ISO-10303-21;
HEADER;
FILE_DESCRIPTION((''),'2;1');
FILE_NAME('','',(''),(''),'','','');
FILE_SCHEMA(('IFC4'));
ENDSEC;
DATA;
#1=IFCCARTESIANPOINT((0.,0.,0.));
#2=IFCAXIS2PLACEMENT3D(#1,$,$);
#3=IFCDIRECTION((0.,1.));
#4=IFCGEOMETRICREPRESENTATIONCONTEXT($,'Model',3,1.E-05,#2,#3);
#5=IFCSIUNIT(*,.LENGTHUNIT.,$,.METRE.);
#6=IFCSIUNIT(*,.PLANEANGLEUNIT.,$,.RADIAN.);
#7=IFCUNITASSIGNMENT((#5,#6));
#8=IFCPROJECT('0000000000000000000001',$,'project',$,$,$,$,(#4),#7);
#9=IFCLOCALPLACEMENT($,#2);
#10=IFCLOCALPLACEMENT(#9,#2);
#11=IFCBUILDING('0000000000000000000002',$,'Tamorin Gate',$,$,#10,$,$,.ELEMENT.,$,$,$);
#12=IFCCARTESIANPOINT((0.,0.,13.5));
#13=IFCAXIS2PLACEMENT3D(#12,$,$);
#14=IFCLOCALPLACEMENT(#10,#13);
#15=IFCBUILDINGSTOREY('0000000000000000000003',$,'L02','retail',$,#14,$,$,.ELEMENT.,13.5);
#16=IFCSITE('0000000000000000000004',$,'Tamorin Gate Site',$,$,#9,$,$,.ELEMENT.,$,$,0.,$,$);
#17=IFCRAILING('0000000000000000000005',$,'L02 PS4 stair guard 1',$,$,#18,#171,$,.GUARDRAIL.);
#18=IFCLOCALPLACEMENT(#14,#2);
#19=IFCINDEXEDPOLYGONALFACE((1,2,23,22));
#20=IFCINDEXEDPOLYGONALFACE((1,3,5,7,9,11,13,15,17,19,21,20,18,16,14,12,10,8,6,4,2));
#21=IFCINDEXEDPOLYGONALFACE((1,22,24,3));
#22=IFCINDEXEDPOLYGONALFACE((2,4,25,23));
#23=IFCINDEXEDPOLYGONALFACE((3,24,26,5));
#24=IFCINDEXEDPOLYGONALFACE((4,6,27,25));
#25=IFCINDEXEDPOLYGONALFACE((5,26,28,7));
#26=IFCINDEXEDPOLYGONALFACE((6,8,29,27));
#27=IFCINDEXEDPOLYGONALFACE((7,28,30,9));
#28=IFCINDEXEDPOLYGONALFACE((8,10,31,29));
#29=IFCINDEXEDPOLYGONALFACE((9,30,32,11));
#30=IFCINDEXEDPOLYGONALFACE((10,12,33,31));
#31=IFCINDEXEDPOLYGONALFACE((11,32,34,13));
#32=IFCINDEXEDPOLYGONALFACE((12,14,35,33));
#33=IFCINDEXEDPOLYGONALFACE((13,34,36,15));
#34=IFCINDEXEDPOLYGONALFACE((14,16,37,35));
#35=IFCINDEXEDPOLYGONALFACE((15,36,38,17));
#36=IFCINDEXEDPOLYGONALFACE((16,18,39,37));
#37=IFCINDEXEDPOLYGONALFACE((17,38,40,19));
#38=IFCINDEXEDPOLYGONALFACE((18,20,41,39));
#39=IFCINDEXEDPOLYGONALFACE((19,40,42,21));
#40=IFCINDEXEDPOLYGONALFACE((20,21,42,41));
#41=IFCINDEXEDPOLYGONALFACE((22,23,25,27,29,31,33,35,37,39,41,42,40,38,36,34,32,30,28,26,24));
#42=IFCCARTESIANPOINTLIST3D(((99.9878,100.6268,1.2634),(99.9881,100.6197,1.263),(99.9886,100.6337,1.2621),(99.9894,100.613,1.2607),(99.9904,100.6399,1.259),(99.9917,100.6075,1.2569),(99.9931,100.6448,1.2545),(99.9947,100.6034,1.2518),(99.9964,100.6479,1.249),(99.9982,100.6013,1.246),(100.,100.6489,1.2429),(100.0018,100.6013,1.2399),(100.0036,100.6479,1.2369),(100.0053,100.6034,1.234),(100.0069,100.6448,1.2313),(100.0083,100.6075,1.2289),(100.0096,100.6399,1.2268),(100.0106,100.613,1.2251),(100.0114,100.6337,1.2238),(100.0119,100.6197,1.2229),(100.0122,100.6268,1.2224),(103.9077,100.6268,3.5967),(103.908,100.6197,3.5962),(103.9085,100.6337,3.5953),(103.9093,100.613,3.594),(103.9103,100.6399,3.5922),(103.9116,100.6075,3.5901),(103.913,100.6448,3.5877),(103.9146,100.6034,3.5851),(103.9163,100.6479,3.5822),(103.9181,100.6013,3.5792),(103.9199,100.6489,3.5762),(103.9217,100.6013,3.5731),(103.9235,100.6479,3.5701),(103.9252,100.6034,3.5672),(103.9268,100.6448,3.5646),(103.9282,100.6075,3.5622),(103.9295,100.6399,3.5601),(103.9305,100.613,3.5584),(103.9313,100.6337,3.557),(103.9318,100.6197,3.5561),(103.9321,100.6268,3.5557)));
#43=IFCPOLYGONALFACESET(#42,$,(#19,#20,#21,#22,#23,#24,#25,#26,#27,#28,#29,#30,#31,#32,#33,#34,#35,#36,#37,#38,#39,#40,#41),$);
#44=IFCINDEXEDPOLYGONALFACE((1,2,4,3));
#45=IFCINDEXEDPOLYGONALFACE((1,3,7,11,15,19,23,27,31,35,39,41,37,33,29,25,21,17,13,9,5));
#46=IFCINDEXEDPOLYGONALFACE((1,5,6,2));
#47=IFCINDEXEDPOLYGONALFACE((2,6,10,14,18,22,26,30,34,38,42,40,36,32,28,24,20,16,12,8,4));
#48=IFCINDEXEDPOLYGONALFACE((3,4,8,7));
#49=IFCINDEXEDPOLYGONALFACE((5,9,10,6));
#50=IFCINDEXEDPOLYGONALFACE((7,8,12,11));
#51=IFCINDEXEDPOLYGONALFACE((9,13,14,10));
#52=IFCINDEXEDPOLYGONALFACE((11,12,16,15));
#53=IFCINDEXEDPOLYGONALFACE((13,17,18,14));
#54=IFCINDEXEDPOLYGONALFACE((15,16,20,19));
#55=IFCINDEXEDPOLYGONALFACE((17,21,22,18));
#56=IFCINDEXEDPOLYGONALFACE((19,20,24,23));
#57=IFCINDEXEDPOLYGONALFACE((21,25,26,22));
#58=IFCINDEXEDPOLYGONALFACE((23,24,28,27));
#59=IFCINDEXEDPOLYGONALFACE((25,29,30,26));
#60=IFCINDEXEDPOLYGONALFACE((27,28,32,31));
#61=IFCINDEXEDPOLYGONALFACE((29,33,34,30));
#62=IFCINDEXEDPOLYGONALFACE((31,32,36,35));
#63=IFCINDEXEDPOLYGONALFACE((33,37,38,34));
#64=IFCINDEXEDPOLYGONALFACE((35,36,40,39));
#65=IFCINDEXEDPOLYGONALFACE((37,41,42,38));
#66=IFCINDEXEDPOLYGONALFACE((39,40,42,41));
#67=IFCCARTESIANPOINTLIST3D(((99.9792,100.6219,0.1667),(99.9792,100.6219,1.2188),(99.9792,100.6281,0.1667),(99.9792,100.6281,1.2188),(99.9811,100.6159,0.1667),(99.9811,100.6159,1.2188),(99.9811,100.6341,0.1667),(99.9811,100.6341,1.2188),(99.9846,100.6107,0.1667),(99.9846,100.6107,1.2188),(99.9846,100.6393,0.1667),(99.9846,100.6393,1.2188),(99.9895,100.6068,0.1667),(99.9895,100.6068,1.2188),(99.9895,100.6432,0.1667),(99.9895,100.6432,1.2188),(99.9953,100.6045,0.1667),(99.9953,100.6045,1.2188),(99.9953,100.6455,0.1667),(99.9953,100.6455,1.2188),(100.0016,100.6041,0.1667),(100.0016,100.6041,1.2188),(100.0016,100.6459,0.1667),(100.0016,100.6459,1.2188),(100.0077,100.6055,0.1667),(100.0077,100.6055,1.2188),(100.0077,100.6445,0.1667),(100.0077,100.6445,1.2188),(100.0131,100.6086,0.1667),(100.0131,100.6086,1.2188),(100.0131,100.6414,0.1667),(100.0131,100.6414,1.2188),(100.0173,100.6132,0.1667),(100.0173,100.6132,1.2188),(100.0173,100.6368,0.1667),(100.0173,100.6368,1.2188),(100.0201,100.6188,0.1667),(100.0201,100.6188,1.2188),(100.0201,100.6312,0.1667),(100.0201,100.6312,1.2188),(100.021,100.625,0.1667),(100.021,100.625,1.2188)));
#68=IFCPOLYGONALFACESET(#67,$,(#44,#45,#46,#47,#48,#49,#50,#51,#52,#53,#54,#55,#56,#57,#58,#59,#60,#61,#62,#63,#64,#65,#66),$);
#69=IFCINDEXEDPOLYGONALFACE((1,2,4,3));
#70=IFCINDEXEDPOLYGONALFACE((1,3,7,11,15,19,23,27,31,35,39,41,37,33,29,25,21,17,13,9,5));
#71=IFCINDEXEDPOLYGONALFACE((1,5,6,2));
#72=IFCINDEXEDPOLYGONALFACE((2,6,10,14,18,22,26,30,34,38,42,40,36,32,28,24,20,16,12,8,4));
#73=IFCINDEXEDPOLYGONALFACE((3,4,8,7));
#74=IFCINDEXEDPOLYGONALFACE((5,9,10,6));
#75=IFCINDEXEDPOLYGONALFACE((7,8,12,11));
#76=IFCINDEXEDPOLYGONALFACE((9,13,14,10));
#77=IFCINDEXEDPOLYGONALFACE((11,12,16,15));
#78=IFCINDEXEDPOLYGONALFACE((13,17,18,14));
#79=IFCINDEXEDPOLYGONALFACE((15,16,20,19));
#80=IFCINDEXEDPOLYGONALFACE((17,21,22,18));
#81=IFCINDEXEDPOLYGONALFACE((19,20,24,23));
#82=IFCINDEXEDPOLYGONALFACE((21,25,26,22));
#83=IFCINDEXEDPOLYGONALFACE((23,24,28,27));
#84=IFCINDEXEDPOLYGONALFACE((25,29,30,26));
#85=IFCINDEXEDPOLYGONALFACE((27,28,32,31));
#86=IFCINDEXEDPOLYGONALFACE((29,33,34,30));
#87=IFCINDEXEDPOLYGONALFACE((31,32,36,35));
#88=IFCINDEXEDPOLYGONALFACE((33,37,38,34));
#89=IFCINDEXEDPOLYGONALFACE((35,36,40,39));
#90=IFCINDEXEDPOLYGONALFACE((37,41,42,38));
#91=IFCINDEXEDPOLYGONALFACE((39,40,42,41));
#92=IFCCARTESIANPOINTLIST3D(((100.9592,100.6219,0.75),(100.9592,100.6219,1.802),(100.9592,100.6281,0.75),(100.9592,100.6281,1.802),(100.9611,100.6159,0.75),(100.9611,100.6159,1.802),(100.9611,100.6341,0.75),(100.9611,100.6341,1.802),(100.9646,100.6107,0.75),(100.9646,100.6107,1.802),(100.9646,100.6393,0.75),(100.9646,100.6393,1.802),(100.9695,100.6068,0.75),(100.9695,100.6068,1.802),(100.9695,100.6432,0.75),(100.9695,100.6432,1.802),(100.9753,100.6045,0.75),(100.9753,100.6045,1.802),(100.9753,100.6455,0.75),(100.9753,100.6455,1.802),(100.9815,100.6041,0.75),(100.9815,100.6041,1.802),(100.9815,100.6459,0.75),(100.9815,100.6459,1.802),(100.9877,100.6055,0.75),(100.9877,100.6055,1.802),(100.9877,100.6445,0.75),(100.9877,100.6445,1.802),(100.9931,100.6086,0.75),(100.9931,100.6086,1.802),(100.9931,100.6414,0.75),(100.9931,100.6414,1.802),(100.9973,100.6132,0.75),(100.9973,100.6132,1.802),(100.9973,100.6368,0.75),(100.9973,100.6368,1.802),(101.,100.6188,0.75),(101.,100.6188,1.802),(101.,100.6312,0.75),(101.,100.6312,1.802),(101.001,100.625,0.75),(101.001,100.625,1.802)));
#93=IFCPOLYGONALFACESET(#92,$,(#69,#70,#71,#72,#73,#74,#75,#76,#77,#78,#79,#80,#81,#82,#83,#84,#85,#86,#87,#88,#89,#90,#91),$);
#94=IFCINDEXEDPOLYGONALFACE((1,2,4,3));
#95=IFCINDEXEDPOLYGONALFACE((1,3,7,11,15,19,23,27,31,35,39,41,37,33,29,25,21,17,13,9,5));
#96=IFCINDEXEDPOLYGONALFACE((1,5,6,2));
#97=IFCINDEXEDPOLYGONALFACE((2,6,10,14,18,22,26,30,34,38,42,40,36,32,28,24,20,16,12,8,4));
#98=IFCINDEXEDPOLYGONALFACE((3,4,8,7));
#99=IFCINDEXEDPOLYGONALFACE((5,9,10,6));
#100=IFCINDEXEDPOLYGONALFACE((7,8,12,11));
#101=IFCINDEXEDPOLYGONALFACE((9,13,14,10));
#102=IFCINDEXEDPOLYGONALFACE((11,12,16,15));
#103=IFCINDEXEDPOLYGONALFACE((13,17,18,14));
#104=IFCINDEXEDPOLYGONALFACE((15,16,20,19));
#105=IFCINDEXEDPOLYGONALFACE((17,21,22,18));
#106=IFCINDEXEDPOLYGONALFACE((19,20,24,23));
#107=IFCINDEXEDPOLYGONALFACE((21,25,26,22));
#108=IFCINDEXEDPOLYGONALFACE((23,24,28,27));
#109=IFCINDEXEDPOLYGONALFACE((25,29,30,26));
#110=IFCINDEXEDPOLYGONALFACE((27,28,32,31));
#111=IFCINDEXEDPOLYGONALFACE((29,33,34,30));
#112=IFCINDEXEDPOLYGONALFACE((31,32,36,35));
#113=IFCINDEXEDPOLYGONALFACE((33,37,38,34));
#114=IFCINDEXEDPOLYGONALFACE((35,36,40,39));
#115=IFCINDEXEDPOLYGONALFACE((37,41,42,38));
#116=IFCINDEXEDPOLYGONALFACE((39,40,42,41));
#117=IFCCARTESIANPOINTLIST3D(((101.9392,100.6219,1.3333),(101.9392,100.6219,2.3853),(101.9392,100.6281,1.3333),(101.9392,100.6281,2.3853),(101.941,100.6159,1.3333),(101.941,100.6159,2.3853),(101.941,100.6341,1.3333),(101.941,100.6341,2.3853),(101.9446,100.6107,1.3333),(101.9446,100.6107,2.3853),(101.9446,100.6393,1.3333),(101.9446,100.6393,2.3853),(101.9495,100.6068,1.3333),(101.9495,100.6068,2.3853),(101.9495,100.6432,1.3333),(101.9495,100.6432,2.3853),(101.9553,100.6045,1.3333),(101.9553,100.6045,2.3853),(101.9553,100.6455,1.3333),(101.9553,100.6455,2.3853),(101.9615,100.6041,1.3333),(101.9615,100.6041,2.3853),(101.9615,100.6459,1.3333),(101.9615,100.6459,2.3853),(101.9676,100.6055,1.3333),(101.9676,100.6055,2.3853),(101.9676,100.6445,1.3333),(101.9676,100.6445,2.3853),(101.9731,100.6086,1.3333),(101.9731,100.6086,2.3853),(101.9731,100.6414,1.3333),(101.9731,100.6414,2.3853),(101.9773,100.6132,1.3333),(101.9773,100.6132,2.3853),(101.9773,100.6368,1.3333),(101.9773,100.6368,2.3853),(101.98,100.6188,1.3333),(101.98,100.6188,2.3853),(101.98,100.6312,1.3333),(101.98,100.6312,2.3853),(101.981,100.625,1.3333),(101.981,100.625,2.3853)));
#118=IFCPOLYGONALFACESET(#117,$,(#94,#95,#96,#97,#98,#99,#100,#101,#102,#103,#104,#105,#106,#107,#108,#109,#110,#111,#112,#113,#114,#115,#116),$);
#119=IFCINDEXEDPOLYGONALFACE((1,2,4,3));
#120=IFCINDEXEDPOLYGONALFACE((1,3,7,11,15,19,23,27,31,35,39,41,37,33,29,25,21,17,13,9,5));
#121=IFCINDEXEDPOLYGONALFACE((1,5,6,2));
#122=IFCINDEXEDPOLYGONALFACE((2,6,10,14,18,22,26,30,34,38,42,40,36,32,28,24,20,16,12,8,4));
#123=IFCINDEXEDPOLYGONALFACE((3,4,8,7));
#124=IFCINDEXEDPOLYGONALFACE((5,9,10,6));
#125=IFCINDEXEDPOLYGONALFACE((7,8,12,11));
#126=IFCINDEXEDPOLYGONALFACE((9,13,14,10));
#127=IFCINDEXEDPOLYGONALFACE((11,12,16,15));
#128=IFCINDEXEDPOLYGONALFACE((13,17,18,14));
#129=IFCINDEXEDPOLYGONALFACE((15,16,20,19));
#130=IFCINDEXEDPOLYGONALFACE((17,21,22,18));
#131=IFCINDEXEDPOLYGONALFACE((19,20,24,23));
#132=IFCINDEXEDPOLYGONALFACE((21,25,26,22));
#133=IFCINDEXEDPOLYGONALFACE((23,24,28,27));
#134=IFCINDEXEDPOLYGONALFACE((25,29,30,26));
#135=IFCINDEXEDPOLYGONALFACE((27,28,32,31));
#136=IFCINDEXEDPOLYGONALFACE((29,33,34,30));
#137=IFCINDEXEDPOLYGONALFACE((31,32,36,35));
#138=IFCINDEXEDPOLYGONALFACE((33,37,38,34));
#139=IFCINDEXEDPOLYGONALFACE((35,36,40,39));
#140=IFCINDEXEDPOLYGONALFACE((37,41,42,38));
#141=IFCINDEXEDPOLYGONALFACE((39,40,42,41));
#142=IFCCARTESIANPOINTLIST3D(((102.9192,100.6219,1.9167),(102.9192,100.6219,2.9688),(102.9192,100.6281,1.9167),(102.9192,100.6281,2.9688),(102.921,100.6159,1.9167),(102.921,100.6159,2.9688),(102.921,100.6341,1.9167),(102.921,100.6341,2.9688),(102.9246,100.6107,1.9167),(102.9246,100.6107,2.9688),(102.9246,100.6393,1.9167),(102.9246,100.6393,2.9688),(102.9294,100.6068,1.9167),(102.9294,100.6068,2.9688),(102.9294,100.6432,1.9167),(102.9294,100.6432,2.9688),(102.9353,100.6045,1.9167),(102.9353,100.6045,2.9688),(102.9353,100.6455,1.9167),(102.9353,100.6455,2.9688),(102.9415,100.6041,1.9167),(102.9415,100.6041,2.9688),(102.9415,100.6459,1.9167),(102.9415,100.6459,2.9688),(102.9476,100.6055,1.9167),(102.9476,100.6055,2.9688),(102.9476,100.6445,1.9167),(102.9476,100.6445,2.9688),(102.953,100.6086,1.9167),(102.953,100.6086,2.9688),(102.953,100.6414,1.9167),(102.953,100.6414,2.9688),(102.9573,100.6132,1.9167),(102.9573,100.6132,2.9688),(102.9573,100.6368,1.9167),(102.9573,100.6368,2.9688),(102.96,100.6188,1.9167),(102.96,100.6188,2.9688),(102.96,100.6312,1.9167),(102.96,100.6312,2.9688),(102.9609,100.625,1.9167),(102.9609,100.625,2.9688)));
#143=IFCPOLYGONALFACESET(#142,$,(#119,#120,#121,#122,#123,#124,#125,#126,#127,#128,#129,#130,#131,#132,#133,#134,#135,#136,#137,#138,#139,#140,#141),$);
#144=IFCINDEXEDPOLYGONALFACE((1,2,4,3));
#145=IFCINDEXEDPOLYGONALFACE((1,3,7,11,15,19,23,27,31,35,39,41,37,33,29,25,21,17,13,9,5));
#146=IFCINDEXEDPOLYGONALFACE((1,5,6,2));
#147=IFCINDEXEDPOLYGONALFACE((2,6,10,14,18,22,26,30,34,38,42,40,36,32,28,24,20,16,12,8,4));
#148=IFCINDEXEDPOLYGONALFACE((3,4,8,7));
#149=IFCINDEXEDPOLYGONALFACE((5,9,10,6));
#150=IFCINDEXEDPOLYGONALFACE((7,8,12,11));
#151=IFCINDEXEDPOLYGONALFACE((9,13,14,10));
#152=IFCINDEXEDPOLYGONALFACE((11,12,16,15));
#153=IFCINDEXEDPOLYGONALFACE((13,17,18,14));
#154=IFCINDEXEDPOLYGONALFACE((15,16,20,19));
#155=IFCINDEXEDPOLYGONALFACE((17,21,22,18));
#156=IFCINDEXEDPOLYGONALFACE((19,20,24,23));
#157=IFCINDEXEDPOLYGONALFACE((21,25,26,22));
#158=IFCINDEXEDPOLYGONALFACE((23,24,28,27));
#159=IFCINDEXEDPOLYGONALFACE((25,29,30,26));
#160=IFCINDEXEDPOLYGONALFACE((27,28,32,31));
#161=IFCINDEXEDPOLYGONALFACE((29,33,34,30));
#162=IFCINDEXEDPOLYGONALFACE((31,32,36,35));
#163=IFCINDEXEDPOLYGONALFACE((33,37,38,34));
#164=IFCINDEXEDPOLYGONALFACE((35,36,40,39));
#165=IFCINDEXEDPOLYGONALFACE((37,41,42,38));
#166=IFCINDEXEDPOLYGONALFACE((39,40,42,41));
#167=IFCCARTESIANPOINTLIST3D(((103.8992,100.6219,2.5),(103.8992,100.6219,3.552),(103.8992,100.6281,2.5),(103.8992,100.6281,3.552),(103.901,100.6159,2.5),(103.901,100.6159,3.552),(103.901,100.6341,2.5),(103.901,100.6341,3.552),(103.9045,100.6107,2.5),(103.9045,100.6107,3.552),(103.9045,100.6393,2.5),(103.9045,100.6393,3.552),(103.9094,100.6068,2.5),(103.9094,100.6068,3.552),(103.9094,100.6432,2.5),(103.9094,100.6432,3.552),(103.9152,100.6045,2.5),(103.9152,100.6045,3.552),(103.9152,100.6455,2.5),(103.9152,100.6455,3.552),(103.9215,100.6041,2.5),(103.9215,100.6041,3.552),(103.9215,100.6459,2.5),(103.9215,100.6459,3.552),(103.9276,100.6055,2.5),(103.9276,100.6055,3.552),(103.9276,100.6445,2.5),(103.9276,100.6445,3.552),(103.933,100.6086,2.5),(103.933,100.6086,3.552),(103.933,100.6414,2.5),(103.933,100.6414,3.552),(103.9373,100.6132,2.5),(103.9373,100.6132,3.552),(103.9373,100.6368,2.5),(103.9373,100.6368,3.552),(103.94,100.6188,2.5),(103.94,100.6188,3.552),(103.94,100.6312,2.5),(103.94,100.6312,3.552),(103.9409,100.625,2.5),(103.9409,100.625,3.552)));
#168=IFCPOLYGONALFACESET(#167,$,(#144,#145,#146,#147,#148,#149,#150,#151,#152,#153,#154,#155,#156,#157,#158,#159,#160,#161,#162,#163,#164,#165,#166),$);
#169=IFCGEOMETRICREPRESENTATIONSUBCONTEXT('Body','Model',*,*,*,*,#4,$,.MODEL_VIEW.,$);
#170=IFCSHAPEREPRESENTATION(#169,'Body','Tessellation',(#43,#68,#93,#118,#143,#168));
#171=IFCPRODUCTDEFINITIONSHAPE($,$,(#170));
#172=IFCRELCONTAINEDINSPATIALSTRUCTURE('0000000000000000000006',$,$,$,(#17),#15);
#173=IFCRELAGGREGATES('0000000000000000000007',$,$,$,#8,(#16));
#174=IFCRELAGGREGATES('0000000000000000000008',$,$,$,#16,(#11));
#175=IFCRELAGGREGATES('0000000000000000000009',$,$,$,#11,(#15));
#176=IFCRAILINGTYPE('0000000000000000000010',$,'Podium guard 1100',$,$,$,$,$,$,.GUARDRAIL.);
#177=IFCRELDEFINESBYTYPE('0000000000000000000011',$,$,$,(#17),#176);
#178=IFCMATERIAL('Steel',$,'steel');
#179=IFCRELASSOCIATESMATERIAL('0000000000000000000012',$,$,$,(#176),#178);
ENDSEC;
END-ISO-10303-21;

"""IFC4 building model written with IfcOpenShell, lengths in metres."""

from ifc_helpers import new_model, si_unit, direction, frame, origin, origin_2d, place, context, subcontext, project, spatial, circle, extrude, material, type_object, element, save


model = new_model("IFC4")

# Units and contexts
model_context = context("Model", 3, precision=1e-05, world=origin(), true_north=direction((0.0, 1.0)))
body_context = subcontext(model_context, "Body", "Model", "MODEL_VIEW")
ifc_project = project(units=[si_unit("LENGTHUNIT", "METRE"), si_unit("PLANEANGLEUNIT", "RADIAN")], contexts=[model_context])

# Site, building, storey
site_placement = place(None, origin())
site = spatial("IfcSite", under=ifc_project, at=site_placement, Name="Tamorin Gate Site", CompositionType="ELEMENT", RefElevation=0.0)
building_placement = place(site_placement, origin())
building = spatial("IfcBuilding", under=site, at=building_placement, Name="Tamorin Gate", CompositionType="ELEMENT")
storey_placement = place(building_placement, frame((0.0, 0.0, 13.5)))
storey = spatial("IfcBuildingStorey", under=building, at=storey_placement, Name="L02", Description="retail", CompositionType="ELEMENT", Elevation=13.5)

# Railing
ifc_material_1 = material(Name="Steel", Category="steel")
railing_type_1 = type_object("IfcRailingType", Name="Podium guard 1100", PredefinedType="GUARDRAIL", material=ifc_material_1)
railing_1_placement = place(storey_placement, frame((100.0, 100.625, 0.1667)))
element("IfcRailing", 1, at=railing_1_placement, inside=storey, type_object=railing_type_1, Name="L02 PS4 stair guard 1", PredefinedType="GUARDRAIL", context=body_context, shape_type="SweptSolid", body=[
    extrude(circle(Radius=0.0239, at=origin_2d()), frame((0.0, 0.0, 1.0762), z_axis=(0.859296, 0.0, 0.511478), x_axis=(0.0, 1.0, 0.0)), (0.0, 0.0, 1.0), 4.5618),
    extrude(circle(Radius=0.021, at=origin_2d()), origin(), (0.0, 0.0, 1.0), 1.052),
    extrude(circle(Radius=0.021, at=origin_2d()), frame((0.98, 0.0, 0.5833)), (0.0, 0.0, 1.0), 1.052),
    extrude(circle(Radius=0.021, at=origin_2d()), frame((1.96, 0.0, 1.1665)), (0.0, 0.0, 1.0), 1.052),
    extrude(circle(Radius=0.021, at=origin_2d()), frame((2.9399, 0.0, 1.75)), (0.0, 0.0, 1.0), 1.052),
    extrude(circle(Radius=0.021, at=origin_2d()), frame((3.9199, 0.0, 2.3333)), (0.0, 0.0, 1.0), 1.052),
])

save(model, "model.ifc")
